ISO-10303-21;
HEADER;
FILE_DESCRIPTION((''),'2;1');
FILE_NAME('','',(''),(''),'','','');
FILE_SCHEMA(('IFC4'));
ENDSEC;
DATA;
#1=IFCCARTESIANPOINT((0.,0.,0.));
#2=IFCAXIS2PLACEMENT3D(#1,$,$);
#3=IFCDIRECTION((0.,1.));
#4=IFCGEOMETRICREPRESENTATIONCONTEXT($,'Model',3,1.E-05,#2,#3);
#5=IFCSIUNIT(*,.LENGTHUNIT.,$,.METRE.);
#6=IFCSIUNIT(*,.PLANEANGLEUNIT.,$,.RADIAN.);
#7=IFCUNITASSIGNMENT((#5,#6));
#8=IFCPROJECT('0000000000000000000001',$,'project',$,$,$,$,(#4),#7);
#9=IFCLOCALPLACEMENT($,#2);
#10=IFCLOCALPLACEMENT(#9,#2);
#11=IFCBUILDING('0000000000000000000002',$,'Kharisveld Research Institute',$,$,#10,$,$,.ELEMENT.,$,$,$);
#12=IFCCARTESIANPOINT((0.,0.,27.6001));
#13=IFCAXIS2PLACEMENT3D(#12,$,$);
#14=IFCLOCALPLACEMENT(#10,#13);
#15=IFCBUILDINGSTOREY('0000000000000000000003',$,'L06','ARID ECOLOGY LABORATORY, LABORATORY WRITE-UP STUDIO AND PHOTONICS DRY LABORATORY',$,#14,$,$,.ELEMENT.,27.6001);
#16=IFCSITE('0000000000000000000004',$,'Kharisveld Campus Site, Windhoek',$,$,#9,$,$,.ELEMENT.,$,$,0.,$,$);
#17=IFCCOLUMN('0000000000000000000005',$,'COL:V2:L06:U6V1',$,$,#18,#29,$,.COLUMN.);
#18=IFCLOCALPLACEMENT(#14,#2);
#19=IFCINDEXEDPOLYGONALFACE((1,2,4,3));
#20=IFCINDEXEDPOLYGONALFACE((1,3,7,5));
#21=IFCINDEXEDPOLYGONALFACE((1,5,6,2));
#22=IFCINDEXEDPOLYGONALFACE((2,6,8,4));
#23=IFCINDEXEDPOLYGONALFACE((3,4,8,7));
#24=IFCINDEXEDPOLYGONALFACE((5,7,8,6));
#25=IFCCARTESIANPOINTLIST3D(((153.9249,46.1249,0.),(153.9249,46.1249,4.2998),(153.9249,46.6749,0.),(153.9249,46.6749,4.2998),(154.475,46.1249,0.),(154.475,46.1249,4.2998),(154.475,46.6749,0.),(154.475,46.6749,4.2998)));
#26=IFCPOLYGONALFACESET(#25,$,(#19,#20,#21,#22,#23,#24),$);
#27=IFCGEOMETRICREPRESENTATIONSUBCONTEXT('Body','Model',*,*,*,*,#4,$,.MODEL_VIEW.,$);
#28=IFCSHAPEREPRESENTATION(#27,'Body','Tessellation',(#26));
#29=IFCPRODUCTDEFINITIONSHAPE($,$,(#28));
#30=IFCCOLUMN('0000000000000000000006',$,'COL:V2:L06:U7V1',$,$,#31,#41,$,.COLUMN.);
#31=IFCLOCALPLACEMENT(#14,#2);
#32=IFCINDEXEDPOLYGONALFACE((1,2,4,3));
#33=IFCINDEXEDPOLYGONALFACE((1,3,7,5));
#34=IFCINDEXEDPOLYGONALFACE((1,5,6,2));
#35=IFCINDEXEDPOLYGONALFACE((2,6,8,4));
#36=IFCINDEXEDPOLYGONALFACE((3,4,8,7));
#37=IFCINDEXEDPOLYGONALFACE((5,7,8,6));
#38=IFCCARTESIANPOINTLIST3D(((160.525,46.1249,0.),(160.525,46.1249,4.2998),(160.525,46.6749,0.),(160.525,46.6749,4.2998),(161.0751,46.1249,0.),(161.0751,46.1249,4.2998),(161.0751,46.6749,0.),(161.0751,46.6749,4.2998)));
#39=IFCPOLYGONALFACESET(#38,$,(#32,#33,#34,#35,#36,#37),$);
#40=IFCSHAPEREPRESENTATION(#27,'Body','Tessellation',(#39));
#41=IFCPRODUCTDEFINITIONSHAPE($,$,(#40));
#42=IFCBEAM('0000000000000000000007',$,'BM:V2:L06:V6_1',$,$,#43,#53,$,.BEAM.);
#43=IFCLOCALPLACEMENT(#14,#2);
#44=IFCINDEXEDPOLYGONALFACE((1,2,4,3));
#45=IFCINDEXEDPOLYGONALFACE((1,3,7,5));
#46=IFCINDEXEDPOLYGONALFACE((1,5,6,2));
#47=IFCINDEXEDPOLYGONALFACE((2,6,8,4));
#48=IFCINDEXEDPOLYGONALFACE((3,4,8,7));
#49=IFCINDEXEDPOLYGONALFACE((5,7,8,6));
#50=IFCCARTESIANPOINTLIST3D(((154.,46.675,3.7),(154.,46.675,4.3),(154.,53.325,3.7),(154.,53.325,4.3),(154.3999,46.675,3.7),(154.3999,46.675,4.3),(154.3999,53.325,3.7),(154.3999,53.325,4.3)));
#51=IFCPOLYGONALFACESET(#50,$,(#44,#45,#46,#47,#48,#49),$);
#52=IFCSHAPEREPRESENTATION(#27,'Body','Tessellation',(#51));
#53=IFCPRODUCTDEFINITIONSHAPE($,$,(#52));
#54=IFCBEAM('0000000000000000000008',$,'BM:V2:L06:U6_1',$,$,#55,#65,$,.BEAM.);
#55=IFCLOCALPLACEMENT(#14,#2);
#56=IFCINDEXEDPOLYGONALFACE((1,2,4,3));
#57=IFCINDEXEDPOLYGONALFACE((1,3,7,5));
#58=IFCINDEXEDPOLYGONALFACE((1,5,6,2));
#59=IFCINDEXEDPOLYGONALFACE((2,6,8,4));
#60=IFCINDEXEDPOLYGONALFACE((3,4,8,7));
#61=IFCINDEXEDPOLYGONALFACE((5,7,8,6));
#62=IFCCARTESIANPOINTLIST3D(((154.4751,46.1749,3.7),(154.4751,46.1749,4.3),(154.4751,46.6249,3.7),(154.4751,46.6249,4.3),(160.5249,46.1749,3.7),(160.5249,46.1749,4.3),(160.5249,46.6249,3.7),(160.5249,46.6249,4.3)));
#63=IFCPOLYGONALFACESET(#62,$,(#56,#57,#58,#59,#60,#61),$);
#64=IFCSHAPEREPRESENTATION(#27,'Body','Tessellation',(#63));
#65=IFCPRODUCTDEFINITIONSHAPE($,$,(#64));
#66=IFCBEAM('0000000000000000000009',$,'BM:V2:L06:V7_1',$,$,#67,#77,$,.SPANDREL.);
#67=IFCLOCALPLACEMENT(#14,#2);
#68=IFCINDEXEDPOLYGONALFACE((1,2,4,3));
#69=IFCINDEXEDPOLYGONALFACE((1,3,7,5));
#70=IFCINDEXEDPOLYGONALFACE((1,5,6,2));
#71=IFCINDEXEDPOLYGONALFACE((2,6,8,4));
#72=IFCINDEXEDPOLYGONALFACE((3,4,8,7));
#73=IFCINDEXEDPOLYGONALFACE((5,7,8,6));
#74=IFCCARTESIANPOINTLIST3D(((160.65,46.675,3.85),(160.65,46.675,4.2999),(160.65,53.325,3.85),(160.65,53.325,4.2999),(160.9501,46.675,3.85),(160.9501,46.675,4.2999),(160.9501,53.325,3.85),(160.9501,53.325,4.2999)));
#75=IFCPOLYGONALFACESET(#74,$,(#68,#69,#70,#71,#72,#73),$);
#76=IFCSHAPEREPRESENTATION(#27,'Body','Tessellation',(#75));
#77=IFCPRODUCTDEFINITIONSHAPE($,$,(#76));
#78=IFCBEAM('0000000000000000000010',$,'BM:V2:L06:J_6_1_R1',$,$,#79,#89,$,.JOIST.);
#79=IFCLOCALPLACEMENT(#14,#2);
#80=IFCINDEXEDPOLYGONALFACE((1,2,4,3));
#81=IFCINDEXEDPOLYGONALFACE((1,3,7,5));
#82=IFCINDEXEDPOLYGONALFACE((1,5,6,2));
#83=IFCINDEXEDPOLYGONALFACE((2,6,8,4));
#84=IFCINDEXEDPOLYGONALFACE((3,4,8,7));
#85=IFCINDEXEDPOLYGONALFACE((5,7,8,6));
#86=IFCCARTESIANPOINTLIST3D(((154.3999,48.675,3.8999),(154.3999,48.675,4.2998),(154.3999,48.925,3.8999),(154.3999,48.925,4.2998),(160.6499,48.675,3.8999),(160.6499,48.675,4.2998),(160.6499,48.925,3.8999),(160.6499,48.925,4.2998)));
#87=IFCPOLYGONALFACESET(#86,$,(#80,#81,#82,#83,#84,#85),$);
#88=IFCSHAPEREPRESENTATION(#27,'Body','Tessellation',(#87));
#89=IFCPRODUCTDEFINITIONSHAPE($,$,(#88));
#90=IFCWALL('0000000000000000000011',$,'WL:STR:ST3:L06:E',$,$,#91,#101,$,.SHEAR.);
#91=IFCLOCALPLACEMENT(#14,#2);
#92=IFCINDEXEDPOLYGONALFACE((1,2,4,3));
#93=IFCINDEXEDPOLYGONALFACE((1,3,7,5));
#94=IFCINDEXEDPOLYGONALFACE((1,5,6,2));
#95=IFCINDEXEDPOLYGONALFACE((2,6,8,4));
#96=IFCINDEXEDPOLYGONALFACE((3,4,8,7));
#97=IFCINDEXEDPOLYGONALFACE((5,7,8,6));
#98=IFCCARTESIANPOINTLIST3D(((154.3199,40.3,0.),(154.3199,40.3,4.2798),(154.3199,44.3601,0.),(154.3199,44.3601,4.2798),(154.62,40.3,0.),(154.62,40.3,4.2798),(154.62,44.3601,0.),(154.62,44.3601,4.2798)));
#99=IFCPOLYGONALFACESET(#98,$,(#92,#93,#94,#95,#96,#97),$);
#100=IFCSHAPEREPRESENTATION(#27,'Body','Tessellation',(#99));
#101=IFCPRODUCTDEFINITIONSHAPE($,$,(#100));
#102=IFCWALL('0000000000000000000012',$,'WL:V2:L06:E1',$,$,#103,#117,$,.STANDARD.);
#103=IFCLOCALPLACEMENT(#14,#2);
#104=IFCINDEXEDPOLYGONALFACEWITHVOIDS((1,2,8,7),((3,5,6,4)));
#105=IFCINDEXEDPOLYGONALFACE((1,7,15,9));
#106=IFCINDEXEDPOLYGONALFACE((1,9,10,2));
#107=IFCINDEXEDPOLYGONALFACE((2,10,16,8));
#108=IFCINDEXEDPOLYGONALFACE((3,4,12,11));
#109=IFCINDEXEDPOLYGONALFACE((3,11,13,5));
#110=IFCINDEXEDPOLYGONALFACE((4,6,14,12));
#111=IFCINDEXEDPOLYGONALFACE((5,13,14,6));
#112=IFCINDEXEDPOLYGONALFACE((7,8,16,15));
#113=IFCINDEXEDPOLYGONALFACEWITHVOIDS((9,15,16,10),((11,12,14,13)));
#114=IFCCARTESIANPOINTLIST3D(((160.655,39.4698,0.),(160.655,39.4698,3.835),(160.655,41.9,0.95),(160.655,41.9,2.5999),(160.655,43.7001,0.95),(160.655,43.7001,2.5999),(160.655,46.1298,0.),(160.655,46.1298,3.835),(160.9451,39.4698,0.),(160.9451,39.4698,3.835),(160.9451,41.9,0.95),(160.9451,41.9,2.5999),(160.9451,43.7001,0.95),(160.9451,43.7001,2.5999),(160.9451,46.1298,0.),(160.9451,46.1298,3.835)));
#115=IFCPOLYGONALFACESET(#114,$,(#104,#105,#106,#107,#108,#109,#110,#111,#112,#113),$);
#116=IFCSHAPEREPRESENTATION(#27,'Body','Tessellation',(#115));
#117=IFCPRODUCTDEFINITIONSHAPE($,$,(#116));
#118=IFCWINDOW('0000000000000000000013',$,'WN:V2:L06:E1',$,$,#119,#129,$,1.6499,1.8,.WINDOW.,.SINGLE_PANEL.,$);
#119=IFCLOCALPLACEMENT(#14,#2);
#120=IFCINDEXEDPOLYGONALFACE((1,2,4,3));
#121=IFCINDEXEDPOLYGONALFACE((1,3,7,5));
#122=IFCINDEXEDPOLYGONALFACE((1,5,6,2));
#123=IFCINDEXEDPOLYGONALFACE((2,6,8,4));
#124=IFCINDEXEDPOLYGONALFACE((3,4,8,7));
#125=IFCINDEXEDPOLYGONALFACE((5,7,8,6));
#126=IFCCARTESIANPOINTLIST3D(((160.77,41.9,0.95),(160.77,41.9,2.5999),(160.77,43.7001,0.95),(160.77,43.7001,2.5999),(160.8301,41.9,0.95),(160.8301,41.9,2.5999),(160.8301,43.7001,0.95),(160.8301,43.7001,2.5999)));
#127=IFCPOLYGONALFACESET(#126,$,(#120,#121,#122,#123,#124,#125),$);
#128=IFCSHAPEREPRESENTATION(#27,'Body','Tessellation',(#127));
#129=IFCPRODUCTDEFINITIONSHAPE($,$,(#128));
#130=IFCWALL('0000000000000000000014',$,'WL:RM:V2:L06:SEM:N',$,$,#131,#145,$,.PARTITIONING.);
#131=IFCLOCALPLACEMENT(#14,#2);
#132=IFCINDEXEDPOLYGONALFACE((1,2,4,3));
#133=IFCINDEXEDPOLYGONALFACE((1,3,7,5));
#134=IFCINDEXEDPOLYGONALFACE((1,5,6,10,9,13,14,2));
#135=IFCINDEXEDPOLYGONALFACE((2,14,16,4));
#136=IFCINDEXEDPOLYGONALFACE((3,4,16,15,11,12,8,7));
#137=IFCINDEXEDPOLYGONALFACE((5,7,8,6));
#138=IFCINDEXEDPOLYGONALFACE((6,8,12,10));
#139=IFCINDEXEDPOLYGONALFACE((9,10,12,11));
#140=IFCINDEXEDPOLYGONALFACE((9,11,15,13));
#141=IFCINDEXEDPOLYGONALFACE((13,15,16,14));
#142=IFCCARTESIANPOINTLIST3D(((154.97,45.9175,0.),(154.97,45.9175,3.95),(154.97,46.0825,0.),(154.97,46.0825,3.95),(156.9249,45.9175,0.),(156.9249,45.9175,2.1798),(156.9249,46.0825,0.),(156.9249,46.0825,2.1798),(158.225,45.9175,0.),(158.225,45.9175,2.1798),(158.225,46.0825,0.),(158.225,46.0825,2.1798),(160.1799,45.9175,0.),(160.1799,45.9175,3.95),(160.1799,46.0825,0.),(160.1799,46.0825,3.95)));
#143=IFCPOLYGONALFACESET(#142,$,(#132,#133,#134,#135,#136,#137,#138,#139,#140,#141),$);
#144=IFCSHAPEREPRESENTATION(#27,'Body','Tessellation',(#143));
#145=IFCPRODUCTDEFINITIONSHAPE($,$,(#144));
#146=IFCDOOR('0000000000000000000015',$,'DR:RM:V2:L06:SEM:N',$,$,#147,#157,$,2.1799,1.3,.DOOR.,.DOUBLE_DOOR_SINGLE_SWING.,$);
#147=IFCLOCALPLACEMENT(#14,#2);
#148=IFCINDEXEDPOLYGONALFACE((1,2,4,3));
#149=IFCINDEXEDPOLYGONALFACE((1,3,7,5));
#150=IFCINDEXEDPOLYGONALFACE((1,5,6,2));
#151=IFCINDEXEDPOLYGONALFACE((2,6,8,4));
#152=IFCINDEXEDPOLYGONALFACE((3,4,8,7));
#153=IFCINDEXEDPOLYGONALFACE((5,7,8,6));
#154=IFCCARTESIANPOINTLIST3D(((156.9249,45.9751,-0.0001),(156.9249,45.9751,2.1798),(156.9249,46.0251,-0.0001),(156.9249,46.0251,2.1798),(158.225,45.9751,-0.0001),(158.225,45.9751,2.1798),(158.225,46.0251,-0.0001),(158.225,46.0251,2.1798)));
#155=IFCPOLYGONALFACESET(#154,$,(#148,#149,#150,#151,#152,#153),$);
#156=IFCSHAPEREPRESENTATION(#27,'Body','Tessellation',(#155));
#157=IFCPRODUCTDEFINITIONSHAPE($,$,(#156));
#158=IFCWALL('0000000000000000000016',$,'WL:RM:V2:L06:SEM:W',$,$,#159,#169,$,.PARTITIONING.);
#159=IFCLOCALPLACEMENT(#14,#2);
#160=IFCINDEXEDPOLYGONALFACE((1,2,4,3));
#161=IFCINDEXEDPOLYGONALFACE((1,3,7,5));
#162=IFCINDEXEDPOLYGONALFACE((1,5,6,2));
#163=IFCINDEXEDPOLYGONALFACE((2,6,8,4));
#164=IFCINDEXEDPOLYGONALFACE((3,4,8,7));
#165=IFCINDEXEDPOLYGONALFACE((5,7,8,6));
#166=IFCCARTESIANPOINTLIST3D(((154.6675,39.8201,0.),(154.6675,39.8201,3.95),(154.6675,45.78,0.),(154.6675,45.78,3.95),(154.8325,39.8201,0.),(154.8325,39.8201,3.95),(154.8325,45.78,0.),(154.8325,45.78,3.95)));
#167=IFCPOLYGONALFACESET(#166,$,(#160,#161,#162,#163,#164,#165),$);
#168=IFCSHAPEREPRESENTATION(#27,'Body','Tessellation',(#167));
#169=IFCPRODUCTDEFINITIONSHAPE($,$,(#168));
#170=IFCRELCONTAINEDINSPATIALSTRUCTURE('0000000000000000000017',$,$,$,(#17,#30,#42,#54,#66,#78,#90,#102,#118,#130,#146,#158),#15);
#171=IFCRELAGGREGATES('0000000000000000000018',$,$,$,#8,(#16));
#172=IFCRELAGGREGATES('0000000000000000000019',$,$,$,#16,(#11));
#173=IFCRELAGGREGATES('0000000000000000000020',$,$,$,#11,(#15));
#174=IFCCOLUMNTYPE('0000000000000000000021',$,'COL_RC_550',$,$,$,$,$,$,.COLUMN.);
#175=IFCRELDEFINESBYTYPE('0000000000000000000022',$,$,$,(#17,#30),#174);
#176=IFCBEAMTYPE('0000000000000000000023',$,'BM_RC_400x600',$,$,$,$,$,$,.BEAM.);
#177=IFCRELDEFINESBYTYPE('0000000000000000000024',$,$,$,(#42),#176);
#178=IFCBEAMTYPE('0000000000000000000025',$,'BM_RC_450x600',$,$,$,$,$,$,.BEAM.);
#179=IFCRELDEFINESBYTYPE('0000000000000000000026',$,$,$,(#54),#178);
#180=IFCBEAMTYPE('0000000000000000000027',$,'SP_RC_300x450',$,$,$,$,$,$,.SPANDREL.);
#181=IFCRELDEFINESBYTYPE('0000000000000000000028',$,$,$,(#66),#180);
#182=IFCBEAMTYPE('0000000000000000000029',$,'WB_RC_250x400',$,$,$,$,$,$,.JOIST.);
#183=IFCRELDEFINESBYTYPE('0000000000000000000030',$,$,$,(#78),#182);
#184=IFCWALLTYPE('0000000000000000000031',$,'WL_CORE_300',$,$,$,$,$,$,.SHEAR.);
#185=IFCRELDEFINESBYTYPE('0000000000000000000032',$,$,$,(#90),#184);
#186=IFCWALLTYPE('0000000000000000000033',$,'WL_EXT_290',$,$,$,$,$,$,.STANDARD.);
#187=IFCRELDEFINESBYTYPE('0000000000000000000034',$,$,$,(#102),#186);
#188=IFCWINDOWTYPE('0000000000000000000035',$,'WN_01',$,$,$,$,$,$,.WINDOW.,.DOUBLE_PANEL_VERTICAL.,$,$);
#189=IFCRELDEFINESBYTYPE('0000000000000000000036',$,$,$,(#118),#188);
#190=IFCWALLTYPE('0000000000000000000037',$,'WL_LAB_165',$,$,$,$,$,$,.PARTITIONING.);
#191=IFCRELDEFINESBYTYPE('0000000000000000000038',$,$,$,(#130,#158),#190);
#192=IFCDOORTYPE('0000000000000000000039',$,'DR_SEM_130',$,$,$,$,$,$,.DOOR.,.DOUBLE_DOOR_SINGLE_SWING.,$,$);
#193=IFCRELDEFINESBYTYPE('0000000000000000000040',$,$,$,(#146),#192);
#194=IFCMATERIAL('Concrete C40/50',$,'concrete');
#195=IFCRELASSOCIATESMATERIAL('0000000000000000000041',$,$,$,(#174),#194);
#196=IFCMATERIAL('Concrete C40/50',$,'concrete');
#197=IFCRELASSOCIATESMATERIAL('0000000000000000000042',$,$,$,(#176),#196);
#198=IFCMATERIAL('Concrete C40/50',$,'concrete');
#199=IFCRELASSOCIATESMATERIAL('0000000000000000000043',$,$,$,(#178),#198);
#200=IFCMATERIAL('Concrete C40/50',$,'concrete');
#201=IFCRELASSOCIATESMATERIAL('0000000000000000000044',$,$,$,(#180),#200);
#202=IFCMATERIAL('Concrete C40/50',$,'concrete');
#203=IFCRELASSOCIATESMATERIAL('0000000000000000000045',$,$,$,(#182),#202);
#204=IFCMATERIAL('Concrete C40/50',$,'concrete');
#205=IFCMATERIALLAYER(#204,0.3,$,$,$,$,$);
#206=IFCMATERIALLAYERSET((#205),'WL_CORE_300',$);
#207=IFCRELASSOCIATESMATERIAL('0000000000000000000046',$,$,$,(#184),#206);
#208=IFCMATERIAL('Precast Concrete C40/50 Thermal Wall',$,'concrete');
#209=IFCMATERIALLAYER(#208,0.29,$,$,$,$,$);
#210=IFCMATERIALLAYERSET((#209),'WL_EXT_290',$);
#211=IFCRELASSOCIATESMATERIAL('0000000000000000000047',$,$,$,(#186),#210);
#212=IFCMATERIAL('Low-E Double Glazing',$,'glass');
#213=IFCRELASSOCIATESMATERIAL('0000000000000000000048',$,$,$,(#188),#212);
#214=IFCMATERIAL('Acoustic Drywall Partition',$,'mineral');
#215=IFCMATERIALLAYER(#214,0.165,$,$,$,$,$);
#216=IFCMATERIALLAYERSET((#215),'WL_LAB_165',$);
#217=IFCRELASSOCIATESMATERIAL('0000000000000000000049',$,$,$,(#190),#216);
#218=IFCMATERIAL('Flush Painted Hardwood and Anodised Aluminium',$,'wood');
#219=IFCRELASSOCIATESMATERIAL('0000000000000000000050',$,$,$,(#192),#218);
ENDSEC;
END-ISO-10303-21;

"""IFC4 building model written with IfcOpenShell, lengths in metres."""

from ifc_helpers import new_model, si_unit, direction, frame, frame_2d, origin, origin_2d, place, context, subcontext, project, spatial, rectangle, extrude, material, layer, layer_set, material_profile, profile_set, type_object, element, fill, save


model = new_model("IFC4")

# Units and contexts
model_context = context("Model", 3, precision=1e-05, world=origin(), true_north=direction((0.0, 1.0)))
body_context = subcontext(model_context, "Body", "Model", "MODEL_VIEW")
ifc_project = project(units=[si_unit("LENGTHUNIT", "METRE"), si_unit("PLANEANGLEUNIT", "RADIAN")], contexts=[model_context])

# Site, building, storey
site_placement = place(None, origin())
site = spatial("IfcSite", under=ifc_project, at=site_placement, Name="Kharisveld Campus Site, Windhoek", CompositionType="ELEMENT", RefElevation=0.0)
building_placement = place(site_placement, origin())
building = spatial("IfcBuilding", under=site, at=building_placement, Name="Kharisveld Research Institute", CompositionType="ELEMENT")
storey_placement = place(building_placement, frame((0.0, 0.0, 27.6001)))
storey = spatial("IfcBuildingStorey", under=building, at=storey_placement, Name="L06", Description="ARID ECOLOGY LABORATORY, LABORATORY WRITE-UP STUDIO AND PHOTONICS DRY LABORATORY", CompositionType="ELEMENT", Elevation=27.6001)

# Columns
ifc_material_1 = material(Name="Concrete C40/50", Category="concrete")
ifc_material_profile_1 = material_profile(ifc_material_1, rectangle(XDim=0.55, YDim=0.55, at=origin_2d()))
ifc_profile_set_1 = profile_set([ifc_material_profile_1], Name="Concrete C40/50")
column_type = type_object("IfcColumnType", Name="COL_RC_550", PredefinedType="COLUMN", material=ifc_profile_set_1)
for number, where, z_axis, x_axis, name in (
    (1, (154.2, 46.3999, 0.0), (0.0, 0.0, 1.0), (1.0, 0.0, 0.0), "COL:V2:L06:U6V1"),
    (2, (160.8, 46.3999, 0.0), (0.0, 0.0, 1.0), (1.0, 0.0, 0.0), "COL:V2:L06:U7V1"),
):
    element("IfcColumn", number, at=place(storey_placement, frame(where, z_axis=z_axis, x_axis=x_axis)), inside=storey, type_object=column_type, Name=name, PredefinedType="COLUMN", context=body_context, shape_type="SweptSolid", body=[
        extrude(rectangle(XDim=0.55, YDim=0.55, at=origin_2d()), origin(), (0.0, 0.0, 1.0), 4.2998),
    ])

# Beams
ifc_material_2 = material(Name="Concrete C40/50", Category="concrete")
ifc_material_profile_2 = material_profile(ifc_material_2, rectangle(XDim=0.3999, YDim=0.6001, at=origin_2d()))
ifc_profile_set_2 = profile_set([ifc_material_profile_2], Name="Concrete C40/50")
beam_type_1 = type_object("IfcBeamType", Name="BM_RC_400x600", PredefinedType="BEAM", material=ifc_profile_set_2)
beam_1_placement = place(storey_placement, frame((154.2, 46.675, 4.0), z_axis=(0.0, 1.0, 0.0), x_axis=(-1.0, 0.0, 0.0)))
element("IfcBeam", 3, at=beam_1_placement, inside=storey, type_object=beam_type_1, Name="BM:V2:L06:V6_1", PredefinedType="BEAM", context=body_context, shape_type="SweptSolid", body=[
    extrude(rectangle(XDim=0.3999, YDim=0.6001, at=origin_2d()), origin(), (0.0, 0.0, 1.0), 6.6499),
])
ifc_material_3 = material(Name="Concrete C40/50", Category="concrete")
ifc_material_profile_3 = material_profile(ifc_material_3, rectangle(XDim=0.45, YDim=0.6001, at=origin_2d()))
ifc_profile_set_3 = profile_set([ifc_material_profile_3], Name="Concrete C40/50")
beam_type_2 = type_object("IfcBeamType", Name="BM_RC_450x600", PredefinedType="BEAM", material=ifc_profile_set_3)
beam_2_placement = place(storey_placement, frame((154.4751, 46.3999, 4.0), z_axis=(1.0, 0.0, 0.0), x_axis=(0.0, 1.0, 0.0)))
element("IfcBeam", 4, at=beam_2_placement, inside=storey, type_object=beam_type_2, Name="BM:V2:L06:U6_1", PredefinedType="BEAM", context=body_context, shape_type="SweptSolid", body=[
    extrude(rectangle(XDim=0.45, YDim=0.6001, at=origin_2d()), origin(), (0.0, 0.0, 1.0), 6.0498),
])
ifc_material_4 = material(Name="Concrete C40/50", Category="concrete")
ifc_material_profile_4 = material_profile(ifc_material_4, rectangle(XDim=0.3, YDim=0.45, at=origin_2d()))
ifc_profile_set_4 = profile_set([ifc_material_profile_4], Name="Concrete C40/50")
beam_type_3 = type_object("IfcBeamType", Name="SP_RC_300x450", PredefinedType="SPANDREL", material=ifc_profile_set_4)
beam_3_placement = place(storey_placement, frame((160.8, 46.675, 4.075), z_axis=(0.0, 1.0, 0.0), x_axis=(-1.0, 0.0, 0.0)))
element("IfcBeam", 5, at=beam_3_placement, inside=storey, type_object=beam_type_3, Name="BM:V2:L06:V7_1", PredefinedType="SPANDREL", context=body_context, shape_type="SweptSolid", body=[
    extrude(rectangle(XDim=0.3, YDim=0.45, at=origin_2d()), origin(), (0.0, 0.0, 1.0), 6.6499),
])
ifc_material_5 = material(Name="Concrete C40/50", Category="concrete")
ifc_material_profile_5 = material_profile(ifc_material_5, rectangle(XDim=0.25, YDim=0.3999, at=origin_2d()))
ifc_profile_set_5 = profile_set([ifc_material_profile_5], Name="Concrete C40/50")
beam_type_4 = type_object("IfcBeamType", Name="WB_RC_250x400", PredefinedType="JOIST", material=ifc_profile_set_5)
beam_4_placement = place(storey_placement, frame((154.3999, 48.8, 4.0999), z_axis=(1.0, 0.0, 0.0), x_axis=(0.0, 1.0, 0.0)))
element("IfcBeam", 6, at=beam_4_placement, inside=storey, type_object=beam_type_4, Name="BM:V2:L06:J_6_1_R1", PredefinedType="JOIST", context=body_context, shape_type="SweptSolid", body=[
    extrude(rectangle(XDim=0.25, YDim=0.3999, at=origin_2d()), origin(), (0.0, 0.0, 1.0), 6.25),
])

# Wall
ifc_material_6 = material(Name="Concrete C40/50", Category="concrete")
ifc_layer_1 = layer(ifc_material_6, 0.3)
ifc_layer_set_1 = layer_set([ifc_layer_1], Name="WL_CORE_300")
wall_type_1 = type_object("IfcWallType", Name="WL_CORE_300", PredefinedType="SHEAR", material=ifc_layer_set_1)
wall_1_placement = place(storey_placement, frame((154.47, 44.3601, 0.0), z_axis=(0.0, 0.0, 1.0), x_axis=(0.0, -1.0, 0.0)))
element("IfcWall", 7, at=wall_1_placement, inside=storey, type_object=wall_type_1, Name="WL:STR:ST3:L06:E", PredefinedType="SHEAR", context=body_context, shape_type="SweptSolid", body=[
    extrude(rectangle(XDim=4.0601, YDim=0.3, at=frame_2d((2.03, 0.0))), origin(), (0.0, 0.0, 1.0), 4.2798),
])

# Wall, opening, window
ifc_material_7 = material(Name="Precast Concrete C40/50 Thermal Wall", Category="concrete")
ifc_layer_2 = layer(ifc_material_7, 0.29)
ifc_layer_set_2 = layer_set([ifc_layer_2], Name="WL_EXT_290")
wall_type_2 = type_object("IfcWallType", Name="WL_EXT_290", PredefinedType="STANDARD", material=ifc_layer_set_2)
wall_2_placement = place(storey_placement, frame((160.8, 46.1299, 0.0), z_axis=(0.0, 0.0, 1.0), x_axis=(0.0, -1.0, 0.0)))
wall_2 = element("IfcWall", 8, at=wall_2_placement, inside=storey, type_object=wall_type_2, Name="WL:V2:L06:E1", PredefinedType="STANDARD", context=body_context, shape_type="SweptSolid", body=[
    extrude(rectangle(XDim=6.6599, YDim=0.29, at=frame_2d((3.3301, 0.0))), origin(), (0.0, 0.0, 1.0), 3.835),
])
opening_1_placement = place(wall_2_placement, frame((2.4299, 0.0, 0.95)))
opening_1 = element("IfcOpeningElement", 9, at=opening_1_placement, cuts=wall_2, PredefinedType="OPENING", context=body_context, shape_type="SweptSolid", body=[
    extrude(rectangle(XDim=1.8, YDim=1.6499, at=frame_2d((0.8999, 0.825))), frame((0.0, 0.145, 0.0), z_axis=(0.0, -1.0, 0.0), x_axis=(1.0, 0.0, 0.0)), (0.0, 0.0, 1.0), 0.29),
])
ifc_material_8 = material(Name="Low-E Double Glazing", Category="glass")
window_type = type_object("IfcWindowType", Name="WN_01", PartitioningType="DOUBLE_PANEL_VERTICAL", PredefinedType="WINDOW", material=ifc_material_8)
window_placement = place(opening_1_placement, origin())
window = element("IfcWindow", 10, at=window_placement, inside=storey, type_object=window_type, Name="WN:V2:L06:E1", OverallHeight=1.6499, OverallWidth=1.8, PartitioningType="SINGLE_PANEL", PredefinedType="WINDOW", context=body_context, shape_type="SweptSolid", body=[
    extrude(rectangle(XDim=1.8, YDim=1.6499, at=frame_2d((0.8999, 0.825))), frame((0.0, 0.03, 0.0), z_axis=(0.0, -1.0, 0.0), x_axis=(1.0, 0.0, 0.0)), (0.0, 0.0, 1.0), 0.0601),
])
fill(opening_1, window)

# Wall, opening, door
ifc_material_9 = material(Name="Acoustic Drywall Partition", Category="mineral")
ifc_layer_3 = layer(ifc_material_9, 0.165)
ifc_layer_set_3 = layer_set([ifc_layer_3], Name="WL_LAB_165")
wall_type_3 = type_object("IfcWallType", Name="WL_LAB_165", PredefinedType="PARTITIONING", material=ifc_layer_set_3)
wall_3_placement = place(storey_placement, frame((160.1799, 46.0, 0.0), z_axis=(0.0, 0.0, 1.0), x_axis=(-1.0, 0.0, 0.0)))
wall_3 = element("IfcWall", 11, at=wall_3_placement, inside=storey, type_object=wall_type_3, Name="WL:RM:V2:L06:SEM:N", PredefinedType="PARTITIONING", context=body_context, shape_type="SweptSolid", body=[
    extrude(rectangle(XDim=5.21, YDim=0.165, at=frame_2d((2.605, 0.0))), origin(), (0.0, 0.0, 1.0), 3.95),
])
opening_2_placement = place(wall_3_placement, frame((1.9551, 0.0, 0.0)))
opening_2 = element("IfcOpeningElement", 12, at=opening_2_placement, cuts=wall_3, PredefinedType="OPENING", context=body_context, shape_type="SweptSolid", body=[
    extrude(rectangle(XDim=1.3, YDim=2.1799, at=frame_2d((0.6499, 1.0898))), frame((0.0, 0.0825, 0.0), z_axis=(0.0, -1.0, 0.0), x_axis=(1.0, 0.0, 0.0)), (0.0, 0.0, 1.0), 0.165),
])
ifc_material_10 = material(Name="Flush Painted Hardwood and Anodised Aluminium", Category="wood")
door_type = type_object("IfcDoorType", Name="DR_SEM_130", OperationType="DOUBLE_DOOR_SINGLE_SWING", PredefinedType="DOOR", material=ifc_material_10)
door_placement = place(opening_2_placement, origin())
door = element("IfcDoor", 13, at=door_placement, inside=storey, type_object=door_type, Name="DR:RM:V2:L06:SEM:N", OperationType="DOUBLE_DOOR_SINGLE_SWING", OverallHeight=2.1799, OverallWidth=1.3, PredefinedType="DOOR", context=body_context, shape_type="SweptSolid", body=[
    extrude(rectangle(XDim=1.3, YDim=2.1799, at=frame_2d((0.6499, 1.0898))), frame((0.0, 0.0249, 0.0), z_axis=(0.0, -1.0, 0.0), x_axis=(1.0, 0.0, 0.0)), (0.0, 0.0, 1.0), 0.05),
])
fill(opening_2, door)

# Wall
wall_4_placement = place(storey_placement, frame((154.75, 45.78, 0.0), z_axis=(0.0, 0.0, 1.0), x_axis=(0.0, -1.0, 0.0)))
element("IfcWall", 14, at=wall_4_placement, inside=storey, type_object=wall_type_3, Name="WL:RM:V2:L06:SEM:W", PredefinedType="PARTITIONING", context=body_context, shape_type="SweptSolid", body=[
    extrude(rectangle(XDim=5.96, YDim=0.165, at=frame_2d((2.98, 0.0))), origin(), (0.0, 0.0, 1.0), 3.95),
])

save(model, "model.ifc")
